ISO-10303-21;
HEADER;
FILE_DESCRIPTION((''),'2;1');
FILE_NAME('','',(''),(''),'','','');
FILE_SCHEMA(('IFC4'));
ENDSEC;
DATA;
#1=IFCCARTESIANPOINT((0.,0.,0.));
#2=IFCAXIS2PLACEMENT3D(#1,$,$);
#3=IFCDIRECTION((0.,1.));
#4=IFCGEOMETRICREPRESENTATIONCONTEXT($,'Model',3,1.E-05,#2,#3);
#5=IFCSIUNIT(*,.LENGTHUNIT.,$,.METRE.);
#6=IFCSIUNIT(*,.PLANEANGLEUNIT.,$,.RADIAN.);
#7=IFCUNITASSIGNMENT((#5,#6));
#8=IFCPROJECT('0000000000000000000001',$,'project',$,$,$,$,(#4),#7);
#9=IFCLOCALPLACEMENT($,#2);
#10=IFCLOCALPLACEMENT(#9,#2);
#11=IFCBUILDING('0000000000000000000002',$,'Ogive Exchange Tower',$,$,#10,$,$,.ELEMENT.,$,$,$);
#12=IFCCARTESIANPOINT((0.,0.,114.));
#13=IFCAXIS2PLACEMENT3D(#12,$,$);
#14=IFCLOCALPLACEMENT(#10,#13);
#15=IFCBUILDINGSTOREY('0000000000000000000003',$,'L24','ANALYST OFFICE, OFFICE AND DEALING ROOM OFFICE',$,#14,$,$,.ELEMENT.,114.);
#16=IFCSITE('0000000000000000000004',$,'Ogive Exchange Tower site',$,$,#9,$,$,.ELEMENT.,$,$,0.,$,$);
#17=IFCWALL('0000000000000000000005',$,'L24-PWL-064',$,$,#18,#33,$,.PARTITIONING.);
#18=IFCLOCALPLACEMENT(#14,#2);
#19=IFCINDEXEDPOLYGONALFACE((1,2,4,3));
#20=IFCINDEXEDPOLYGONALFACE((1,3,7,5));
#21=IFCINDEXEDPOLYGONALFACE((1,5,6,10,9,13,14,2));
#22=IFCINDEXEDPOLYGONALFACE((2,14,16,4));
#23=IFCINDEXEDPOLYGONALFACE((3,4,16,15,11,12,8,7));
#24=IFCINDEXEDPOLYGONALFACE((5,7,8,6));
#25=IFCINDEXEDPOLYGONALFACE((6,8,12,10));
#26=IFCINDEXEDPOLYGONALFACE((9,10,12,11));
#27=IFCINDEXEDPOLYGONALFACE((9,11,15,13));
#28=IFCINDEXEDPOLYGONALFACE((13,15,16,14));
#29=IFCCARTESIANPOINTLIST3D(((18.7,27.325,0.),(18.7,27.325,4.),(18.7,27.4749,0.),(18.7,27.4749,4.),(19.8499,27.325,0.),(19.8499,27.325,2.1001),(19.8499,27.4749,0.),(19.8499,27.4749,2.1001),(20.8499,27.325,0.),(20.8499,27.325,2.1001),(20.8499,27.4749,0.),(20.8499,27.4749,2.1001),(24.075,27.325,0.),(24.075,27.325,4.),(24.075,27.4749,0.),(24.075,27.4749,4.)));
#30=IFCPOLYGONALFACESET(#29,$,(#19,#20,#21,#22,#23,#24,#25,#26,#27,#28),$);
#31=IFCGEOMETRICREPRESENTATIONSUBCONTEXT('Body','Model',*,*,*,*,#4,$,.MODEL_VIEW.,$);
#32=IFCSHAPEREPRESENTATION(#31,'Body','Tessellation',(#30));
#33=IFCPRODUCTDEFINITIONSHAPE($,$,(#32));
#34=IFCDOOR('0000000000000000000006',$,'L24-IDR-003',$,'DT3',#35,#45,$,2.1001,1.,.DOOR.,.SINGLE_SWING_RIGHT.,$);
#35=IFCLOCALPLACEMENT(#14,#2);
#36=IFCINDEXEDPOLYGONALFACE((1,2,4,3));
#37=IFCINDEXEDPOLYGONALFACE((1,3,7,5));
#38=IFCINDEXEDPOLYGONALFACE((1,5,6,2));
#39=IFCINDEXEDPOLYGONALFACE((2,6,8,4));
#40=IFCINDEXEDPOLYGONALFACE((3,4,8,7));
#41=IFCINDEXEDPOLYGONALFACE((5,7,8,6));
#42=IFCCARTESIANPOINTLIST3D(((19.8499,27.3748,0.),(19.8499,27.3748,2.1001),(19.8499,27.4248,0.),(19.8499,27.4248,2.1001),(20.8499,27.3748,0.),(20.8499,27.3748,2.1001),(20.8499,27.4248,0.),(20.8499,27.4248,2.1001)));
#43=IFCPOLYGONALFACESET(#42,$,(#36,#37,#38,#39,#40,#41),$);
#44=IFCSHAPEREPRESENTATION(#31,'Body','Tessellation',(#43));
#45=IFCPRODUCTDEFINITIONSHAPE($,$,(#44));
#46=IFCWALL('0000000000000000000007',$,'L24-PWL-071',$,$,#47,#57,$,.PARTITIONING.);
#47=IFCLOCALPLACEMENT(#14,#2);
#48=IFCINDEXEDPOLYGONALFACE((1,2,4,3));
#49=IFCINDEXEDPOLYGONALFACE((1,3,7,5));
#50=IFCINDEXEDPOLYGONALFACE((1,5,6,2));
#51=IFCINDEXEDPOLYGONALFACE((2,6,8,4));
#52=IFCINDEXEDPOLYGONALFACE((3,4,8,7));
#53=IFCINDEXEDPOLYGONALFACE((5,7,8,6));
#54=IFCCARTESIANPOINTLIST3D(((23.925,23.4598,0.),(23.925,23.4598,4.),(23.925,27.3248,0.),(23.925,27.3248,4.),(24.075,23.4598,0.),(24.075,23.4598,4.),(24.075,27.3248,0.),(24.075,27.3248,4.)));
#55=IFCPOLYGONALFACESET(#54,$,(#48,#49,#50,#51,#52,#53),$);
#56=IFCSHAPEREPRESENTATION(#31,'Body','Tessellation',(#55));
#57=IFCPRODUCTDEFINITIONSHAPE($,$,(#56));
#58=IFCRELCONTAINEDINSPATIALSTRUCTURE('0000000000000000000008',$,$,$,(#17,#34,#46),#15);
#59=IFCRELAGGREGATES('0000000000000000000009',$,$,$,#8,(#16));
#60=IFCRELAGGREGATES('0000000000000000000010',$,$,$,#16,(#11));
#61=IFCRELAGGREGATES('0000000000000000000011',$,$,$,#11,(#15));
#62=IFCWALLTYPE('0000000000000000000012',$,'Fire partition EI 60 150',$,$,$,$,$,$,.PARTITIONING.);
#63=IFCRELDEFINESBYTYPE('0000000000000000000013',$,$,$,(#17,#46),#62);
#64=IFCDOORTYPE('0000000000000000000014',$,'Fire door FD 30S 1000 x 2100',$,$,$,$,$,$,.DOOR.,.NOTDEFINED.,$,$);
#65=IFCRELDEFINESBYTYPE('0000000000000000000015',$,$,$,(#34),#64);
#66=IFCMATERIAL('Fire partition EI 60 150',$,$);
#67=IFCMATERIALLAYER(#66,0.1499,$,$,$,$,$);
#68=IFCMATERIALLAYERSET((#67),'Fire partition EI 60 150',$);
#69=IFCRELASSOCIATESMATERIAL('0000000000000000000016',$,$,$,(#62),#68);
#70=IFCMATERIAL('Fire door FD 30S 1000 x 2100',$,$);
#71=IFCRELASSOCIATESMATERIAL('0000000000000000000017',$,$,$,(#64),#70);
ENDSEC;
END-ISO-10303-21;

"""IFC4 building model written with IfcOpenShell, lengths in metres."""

from ifc_helpers import new_model, si_unit, direction, frame, frame_2d, origin, place, context, subcontext, project, spatial, rectangle, extrude, material, layer, layer_set, type_object, element, fill, save


model = new_model("IFC4")

# Units and contexts
model_context = context("Model", 3, precision=1e-05, world=origin(), true_north=direction((0.0, 1.0)))
body_context = subcontext(model_context, "Body", "Model", "MODEL_VIEW")
ifc_project = project(units=[si_unit("LENGTHUNIT", "METRE"), si_unit("PLANEANGLEUNIT", "RADIAN")], contexts=[model_context])

# Site, building, storey
site_placement = place(None, origin())
site = spatial("IfcSite", under=ifc_project, at=site_placement, Name="Ogive Exchange Tower site", CompositionType="ELEMENT", RefElevation=0.0)
building_placement = place(site_placement, origin())
building = spatial("IfcBuilding", under=site, at=building_placement, Name="Ogive Exchange Tower", CompositionType="ELEMENT")
storey_placement = place(building_placement, frame((0.0, 0.0, 114.0)))
storey = spatial("IfcBuildingStorey", under=building, at=storey_placement, Name="L24", Description="ANALYST OFFICE, OFFICE AND DEALING ROOM OFFICE", CompositionType="ELEMENT", Elevation=114.0)

# Wall, opening, door
ifc_material_1 = material(Name="Fire partition EI 60 150")
ifc_layer_1 = layer(ifc_material_1, 0.1499)
ifc_layer_set_1 = layer_set([ifc_layer_1], Name="Fire partition EI 60 150")
wall_type_1 = type_object("IfcWallType", Name="Fire partition EI 60 150", PredefinedType="PARTITIONING", material=ifc_layer_set_1)
wall_1_placement = place(storey_placement, frame((18.7, 27.3999, 0.0), z_axis=(0.0, 0.0, 1.0), x_axis=(1.0, 0.0, 0.0)))
wall_1 = element("IfcWall", 1, at=wall_1_placement, inside=storey, type_object=wall_type_1, Name="L24-PWL-064", PredefinedType="PARTITIONING", context=body_context, shape_type="SweptSolid", body=[
    extrude(rectangle(XDim=5.375, YDim=0.1499, at=frame_2d((2.6875, 0.0))), origin(), (0.0, 0.0, 1.0), 4.0),
])
opening_1_placement = place(wall_1_placement, frame((1.1499, 0.0, 0.0)))
opening_1 = element("IfcOpeningElement", 2, at=opening_1_placement, cuts=wall_1, PredefinedType="OPENING", context=body_context, shape_type="SweptSolid", body=[
    extrude(rectangle(XDim=1.0, YDim=2.1001, at=frame_2d((0.5, 1.05))), frame((0.0, 0.085, 0.0), z_axis=(0.0, -1.0, 0.0), x_axis=(1.0, 0.0, 0.0)), (0.0, 0.0, 1.0), 0.1699),
])
ifc_material_2 = material(Name="Fire door FD 30S 1000 x 2100")
door_type_1 = type_object("IfcDoorType", Name="Fire door FD 30S 1000 x 2100", OperationType="NOTDEFINED", PredefinedType="DOOR", material=ifc_material_2)
door_1_placement = place(opening_1_placement, origin())
door_1 = element("IfcDoor", 3, at=door_1_placement, inside=storey, type_object=door_type_1, Name="L24-IDR-003", ObjectType="DT3", OperationType="SINGLE_SWING_RIGHT", OverallHeight=2.1001, OverallWidth=1.0, PredefinedType="DOOR", context=body_context, shape_type="SweptSolid", body=[
    extrude(rectangle(XDim=1.0, YDim=2.1001, at=frame_2d((0.5, 1.05))), frame((0.0, 0.0249, 0.0), z_axis=(0.0, -1.0, 0.0), x_axis=(1.0, 0.0, 0.0)), (0.0, 0.0, 1.0), 0.05),
])
fill(opening_1, door_1)

# Wall
wall_2_placement = place(storey_placement, frame((24.0, 27.325, 0.0), z_axis=(0.0, 0.0, 1.0), x_axis=(0.0, -1.0, 0.0)))
element("IfcWall", 4, at=wall_2_placement, inside=storey, type_object=wall_type_1, Name="L24-PWL-071", PredefinedType="PARTITIONING", context=body_context, shape_type="SweptSolid", body=[
    extrude(rectangle(XDim=3.865, YDim=0.1499, at=frame_2d((1.9326, 0.0))), origin(), (0.0, 0.0, 1.0), 4.0),
])

save(model, "model.ifc")
